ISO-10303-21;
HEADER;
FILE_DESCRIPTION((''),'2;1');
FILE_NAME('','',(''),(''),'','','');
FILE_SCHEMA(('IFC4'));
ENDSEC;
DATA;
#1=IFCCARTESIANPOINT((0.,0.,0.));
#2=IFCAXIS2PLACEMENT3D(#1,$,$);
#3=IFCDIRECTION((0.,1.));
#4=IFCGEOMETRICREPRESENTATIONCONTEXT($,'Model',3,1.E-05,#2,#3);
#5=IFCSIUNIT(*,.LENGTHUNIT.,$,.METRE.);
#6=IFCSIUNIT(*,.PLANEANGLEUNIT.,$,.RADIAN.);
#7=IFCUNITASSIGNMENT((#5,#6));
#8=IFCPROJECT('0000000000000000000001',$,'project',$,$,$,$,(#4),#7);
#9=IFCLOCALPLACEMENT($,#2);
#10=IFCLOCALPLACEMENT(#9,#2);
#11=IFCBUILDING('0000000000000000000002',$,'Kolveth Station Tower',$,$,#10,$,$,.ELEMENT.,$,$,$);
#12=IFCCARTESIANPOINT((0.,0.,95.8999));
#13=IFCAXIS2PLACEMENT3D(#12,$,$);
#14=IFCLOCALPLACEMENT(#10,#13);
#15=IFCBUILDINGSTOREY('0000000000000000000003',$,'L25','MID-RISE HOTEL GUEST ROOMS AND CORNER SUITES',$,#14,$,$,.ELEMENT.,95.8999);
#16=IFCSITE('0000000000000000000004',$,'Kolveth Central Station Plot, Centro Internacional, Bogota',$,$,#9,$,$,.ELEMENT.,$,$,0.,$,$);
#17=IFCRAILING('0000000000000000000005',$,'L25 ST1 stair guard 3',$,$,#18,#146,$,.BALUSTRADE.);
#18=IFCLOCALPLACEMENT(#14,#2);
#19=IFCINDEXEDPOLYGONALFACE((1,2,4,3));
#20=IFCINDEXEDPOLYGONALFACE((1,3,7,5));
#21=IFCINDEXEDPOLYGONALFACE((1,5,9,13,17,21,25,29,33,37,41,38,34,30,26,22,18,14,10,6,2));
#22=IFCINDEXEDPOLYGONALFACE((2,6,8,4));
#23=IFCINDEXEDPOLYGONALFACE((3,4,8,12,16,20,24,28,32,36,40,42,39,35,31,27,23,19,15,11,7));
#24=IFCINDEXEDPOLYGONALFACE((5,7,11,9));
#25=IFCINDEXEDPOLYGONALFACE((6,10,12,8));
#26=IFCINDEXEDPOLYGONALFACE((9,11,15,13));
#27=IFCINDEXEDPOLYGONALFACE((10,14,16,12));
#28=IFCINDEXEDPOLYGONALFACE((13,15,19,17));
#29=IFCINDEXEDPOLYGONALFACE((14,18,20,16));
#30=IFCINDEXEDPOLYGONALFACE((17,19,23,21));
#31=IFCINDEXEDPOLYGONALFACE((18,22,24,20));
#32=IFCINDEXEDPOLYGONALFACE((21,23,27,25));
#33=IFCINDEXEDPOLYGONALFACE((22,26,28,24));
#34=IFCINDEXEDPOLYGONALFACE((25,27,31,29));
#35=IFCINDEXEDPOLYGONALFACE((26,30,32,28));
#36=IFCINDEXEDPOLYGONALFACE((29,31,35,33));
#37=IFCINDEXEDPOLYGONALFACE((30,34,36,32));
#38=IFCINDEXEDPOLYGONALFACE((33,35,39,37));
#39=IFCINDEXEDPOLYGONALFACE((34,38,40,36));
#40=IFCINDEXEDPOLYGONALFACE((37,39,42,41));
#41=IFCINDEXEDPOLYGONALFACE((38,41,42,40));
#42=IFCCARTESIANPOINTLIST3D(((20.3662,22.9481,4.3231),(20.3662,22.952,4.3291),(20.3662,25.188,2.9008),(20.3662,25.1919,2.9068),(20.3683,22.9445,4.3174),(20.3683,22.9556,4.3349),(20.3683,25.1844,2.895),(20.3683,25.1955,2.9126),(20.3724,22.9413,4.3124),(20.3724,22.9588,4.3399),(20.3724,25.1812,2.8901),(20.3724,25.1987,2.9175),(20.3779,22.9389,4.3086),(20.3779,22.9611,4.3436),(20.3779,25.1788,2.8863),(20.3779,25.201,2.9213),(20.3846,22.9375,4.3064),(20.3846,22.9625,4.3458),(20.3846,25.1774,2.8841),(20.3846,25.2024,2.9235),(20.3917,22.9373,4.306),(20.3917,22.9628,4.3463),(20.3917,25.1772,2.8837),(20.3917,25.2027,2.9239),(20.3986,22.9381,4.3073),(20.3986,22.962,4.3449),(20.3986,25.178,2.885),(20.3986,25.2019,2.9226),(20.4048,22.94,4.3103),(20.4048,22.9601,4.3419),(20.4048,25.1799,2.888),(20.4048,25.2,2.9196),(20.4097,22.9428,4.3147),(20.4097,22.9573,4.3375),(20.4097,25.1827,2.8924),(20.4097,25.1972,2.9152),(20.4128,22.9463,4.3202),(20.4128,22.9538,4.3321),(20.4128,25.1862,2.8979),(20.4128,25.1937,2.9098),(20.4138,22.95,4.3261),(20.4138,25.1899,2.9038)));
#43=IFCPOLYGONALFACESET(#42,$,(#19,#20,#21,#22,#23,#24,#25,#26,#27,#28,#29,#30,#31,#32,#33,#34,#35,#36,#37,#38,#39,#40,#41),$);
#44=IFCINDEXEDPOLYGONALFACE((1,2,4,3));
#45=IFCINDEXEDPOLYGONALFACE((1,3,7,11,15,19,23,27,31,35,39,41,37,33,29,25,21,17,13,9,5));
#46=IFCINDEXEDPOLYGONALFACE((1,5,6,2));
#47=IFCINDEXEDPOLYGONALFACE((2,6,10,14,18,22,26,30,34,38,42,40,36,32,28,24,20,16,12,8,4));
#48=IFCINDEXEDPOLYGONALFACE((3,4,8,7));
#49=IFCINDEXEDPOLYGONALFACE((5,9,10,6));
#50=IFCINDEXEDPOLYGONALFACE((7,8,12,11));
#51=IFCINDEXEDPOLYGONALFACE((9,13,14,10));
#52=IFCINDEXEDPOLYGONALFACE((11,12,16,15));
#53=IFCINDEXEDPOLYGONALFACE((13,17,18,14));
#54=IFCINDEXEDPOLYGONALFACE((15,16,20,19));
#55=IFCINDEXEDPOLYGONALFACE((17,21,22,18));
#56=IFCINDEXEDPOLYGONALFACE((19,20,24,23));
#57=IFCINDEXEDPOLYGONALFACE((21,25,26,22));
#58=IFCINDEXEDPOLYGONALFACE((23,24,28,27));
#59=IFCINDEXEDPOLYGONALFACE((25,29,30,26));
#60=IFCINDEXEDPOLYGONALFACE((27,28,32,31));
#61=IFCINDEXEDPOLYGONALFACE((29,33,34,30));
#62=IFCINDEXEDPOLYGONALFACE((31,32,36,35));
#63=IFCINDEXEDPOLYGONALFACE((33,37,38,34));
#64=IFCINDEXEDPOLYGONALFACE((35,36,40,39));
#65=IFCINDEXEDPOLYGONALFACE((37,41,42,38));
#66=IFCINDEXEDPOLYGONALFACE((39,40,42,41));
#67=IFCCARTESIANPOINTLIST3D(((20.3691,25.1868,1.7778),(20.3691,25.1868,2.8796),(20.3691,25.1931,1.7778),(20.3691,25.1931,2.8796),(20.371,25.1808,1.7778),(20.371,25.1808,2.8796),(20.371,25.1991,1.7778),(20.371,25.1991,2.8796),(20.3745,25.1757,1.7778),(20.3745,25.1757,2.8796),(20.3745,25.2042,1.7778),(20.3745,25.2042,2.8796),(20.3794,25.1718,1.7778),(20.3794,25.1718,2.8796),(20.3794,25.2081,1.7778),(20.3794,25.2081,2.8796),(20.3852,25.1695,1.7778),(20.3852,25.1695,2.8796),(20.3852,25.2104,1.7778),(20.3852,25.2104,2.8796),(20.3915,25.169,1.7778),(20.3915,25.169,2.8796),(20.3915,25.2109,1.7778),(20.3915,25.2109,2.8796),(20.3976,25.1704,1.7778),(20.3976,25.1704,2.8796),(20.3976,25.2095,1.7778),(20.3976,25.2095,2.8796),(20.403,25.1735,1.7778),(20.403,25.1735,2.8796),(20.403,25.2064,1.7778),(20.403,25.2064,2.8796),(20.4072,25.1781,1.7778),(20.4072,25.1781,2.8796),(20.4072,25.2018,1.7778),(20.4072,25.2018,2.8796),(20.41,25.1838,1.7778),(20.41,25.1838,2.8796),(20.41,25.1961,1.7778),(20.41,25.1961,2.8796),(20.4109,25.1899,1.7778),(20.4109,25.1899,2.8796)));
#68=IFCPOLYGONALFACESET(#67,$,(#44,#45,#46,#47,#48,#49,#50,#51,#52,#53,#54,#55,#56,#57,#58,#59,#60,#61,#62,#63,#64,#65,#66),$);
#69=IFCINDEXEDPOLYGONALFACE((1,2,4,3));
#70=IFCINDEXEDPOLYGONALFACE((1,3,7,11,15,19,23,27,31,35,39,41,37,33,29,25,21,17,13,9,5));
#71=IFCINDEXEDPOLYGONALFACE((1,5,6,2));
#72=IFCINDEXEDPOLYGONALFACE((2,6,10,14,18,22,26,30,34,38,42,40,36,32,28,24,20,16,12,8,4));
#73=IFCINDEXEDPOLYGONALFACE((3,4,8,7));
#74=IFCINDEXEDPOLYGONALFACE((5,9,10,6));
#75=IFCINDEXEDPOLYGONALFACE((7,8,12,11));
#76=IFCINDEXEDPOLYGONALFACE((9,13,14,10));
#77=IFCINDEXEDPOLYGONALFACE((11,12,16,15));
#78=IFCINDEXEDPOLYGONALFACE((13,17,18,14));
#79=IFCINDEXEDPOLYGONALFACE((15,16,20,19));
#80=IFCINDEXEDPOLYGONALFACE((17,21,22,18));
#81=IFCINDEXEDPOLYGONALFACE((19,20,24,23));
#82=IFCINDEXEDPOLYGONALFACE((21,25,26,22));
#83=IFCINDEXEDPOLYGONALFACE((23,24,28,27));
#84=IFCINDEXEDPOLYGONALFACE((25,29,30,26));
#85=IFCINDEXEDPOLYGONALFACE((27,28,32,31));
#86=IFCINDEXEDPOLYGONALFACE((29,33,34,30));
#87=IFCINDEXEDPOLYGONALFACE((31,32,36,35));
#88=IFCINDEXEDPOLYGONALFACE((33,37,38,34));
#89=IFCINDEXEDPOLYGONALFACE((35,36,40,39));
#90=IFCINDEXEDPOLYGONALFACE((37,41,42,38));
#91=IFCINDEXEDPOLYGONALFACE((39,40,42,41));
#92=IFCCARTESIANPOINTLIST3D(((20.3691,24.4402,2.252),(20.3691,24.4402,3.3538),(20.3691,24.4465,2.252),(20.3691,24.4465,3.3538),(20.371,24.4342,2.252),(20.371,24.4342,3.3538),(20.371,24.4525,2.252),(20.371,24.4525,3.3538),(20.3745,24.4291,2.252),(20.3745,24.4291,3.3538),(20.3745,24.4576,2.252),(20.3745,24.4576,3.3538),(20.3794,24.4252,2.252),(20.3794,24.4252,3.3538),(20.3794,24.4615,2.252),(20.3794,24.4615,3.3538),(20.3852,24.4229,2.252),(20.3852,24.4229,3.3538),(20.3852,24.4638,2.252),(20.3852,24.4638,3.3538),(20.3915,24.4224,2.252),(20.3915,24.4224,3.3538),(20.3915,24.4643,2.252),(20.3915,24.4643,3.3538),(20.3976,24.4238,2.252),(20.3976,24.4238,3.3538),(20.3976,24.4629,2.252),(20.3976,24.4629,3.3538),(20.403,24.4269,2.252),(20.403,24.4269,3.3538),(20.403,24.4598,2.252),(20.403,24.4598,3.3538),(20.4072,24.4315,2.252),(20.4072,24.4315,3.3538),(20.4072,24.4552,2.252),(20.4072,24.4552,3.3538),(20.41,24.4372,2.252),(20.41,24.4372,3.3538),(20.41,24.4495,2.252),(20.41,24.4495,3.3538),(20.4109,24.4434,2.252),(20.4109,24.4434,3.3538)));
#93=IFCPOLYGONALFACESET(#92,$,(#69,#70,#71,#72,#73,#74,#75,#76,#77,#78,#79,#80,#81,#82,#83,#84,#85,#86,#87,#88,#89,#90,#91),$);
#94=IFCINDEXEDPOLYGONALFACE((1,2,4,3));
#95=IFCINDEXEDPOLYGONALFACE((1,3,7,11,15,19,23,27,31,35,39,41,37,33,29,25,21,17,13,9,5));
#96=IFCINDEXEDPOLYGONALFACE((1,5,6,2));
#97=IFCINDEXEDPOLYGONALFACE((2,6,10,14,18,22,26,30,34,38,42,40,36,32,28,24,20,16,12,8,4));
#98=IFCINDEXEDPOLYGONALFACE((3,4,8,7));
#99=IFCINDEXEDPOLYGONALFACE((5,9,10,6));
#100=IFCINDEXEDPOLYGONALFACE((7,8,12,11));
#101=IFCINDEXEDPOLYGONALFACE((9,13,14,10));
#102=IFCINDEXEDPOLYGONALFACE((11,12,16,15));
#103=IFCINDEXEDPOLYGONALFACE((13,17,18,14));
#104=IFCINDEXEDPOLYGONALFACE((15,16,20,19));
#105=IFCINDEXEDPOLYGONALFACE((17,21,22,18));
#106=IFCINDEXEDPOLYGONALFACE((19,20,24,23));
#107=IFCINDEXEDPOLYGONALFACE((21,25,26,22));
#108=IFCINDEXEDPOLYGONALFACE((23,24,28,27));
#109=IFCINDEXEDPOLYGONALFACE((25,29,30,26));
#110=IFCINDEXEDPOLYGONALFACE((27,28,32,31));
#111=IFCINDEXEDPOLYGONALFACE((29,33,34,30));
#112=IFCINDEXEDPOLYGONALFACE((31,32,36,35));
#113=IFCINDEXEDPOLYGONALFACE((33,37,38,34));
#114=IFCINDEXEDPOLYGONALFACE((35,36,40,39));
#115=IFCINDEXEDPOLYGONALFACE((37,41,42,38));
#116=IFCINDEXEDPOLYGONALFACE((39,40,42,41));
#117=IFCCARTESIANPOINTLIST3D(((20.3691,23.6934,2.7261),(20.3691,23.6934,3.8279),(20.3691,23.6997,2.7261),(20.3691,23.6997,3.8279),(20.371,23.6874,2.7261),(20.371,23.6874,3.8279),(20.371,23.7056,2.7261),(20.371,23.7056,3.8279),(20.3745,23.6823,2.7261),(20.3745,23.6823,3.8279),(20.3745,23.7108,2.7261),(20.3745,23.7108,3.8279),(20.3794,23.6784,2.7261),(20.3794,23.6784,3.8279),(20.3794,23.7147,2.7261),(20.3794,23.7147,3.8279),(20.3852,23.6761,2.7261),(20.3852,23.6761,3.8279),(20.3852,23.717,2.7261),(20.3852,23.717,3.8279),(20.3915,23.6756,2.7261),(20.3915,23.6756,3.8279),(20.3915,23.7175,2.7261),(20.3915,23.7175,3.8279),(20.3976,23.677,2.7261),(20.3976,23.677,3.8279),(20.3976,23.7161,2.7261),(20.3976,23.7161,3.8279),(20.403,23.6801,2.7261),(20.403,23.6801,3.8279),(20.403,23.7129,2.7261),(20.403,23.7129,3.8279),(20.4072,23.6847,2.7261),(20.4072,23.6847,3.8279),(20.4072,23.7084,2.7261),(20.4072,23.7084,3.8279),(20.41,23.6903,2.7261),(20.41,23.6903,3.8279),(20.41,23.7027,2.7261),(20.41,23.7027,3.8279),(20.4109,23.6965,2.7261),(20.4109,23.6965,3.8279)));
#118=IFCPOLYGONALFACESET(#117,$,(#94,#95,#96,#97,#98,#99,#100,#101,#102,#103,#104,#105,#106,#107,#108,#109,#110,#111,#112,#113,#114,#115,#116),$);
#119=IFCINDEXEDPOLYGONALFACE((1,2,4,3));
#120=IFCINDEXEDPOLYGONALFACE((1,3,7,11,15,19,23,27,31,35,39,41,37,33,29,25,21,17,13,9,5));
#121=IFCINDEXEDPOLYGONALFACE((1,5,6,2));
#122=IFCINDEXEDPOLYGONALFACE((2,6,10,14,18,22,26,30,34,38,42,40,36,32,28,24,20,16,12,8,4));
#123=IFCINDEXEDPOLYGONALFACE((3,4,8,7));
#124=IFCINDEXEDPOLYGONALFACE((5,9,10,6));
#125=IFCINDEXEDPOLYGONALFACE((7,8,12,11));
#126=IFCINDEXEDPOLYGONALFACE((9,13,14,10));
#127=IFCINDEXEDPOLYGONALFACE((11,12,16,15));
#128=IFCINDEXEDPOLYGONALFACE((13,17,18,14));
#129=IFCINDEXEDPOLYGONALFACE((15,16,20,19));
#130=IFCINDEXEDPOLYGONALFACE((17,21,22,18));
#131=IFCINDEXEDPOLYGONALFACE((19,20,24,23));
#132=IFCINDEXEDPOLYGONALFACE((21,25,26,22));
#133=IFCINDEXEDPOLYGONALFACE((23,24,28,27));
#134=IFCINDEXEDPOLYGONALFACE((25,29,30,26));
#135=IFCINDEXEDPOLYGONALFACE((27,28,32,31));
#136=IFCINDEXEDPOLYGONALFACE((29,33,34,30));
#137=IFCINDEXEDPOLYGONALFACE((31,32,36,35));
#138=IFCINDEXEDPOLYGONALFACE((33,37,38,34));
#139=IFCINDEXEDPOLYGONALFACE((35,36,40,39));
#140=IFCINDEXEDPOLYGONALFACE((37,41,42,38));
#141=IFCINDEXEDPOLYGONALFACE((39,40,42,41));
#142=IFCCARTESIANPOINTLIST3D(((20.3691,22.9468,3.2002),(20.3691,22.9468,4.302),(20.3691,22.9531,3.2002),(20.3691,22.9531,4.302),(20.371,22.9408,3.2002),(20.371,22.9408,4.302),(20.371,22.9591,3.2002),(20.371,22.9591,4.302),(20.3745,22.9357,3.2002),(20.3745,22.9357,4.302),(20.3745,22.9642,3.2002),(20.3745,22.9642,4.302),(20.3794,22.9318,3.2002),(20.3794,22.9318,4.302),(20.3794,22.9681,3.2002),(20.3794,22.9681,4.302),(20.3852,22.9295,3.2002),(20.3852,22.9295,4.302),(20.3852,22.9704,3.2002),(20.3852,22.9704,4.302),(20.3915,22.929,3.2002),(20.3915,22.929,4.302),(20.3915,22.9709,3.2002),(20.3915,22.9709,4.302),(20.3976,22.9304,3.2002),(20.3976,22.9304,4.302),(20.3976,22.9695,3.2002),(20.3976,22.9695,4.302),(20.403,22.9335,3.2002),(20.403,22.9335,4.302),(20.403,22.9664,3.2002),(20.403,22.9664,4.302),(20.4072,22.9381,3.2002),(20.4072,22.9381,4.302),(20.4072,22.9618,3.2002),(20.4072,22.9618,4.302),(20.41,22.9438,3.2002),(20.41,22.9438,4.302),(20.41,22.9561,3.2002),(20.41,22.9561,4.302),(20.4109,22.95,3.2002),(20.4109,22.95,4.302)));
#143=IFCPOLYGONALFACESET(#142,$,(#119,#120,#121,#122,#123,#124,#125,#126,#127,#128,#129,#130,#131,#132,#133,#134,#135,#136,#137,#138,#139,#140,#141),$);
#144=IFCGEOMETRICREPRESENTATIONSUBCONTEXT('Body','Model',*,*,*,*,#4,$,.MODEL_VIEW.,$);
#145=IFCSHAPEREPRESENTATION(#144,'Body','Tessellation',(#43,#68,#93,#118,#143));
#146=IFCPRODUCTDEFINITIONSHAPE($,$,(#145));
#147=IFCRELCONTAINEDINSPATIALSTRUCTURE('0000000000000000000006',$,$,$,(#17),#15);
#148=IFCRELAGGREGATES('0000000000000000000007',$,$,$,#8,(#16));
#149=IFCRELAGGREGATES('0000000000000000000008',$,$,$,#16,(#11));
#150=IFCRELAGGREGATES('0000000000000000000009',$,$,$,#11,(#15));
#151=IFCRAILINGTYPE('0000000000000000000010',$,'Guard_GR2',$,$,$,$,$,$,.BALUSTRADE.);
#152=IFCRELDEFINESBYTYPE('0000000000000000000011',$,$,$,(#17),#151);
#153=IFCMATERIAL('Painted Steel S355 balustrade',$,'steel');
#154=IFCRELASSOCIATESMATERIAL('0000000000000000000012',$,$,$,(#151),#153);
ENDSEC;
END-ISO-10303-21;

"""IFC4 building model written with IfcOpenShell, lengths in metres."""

from ifc_helpers import new_model, si_unit, direction, frame, origin, origin_2d, place, context, subcontext, project, spatial, circle, extrude, material, type_object, element, save


model = new_model("IFC4")

# Units and contexts
model_context = context("Model", 3, precision=1e-05, world=origin(), true_north=direction((0.0, 1.0)))
body_context = subcontext(model_context, "Body", "Model", "MODEL_VIEW")
ifc_project = project(units=[si_unit("LENGTHUNIT", "METRE"), si_unit("PLANEANGLEUNIT", "RADIAN")], contexts=[model_context])

# Site, building, storey
site_placement = place(None, origin())
site = spatial("IfcSite", under=ifc_project, at=site_placement, Name="Kolveth Central Station Plot, Centro Internacional, Bogota", CompositionType="ELEMENT", RefElevation=0.0)
building_placement = place(site_placement, origin())
building = spatial("IfcBuilding", under=site, at=building_placement, Name="Kolveth Station Tower", CompositionType="ELEMENT")
storey_placement = place(building_placement, frame((0.0, 0.0, 95.8999)))
storey = spatial("IfcBuildingStorey", under=building, at=storey_placement, Name="L25", Description="MID-RISE HOTEL GUEST ROOMS AND CORNER SUITES", CompositionType="ELEMENT", Elevation=95.8999)

# Railing
ifc_material_1 = material(Name="Painted Steel S355 balustrade", Category="steel")
railing_type_1 = type_object("IfcRailingType", Name="Guard_GR2", PredefinedType="BALUSTRADE", material=ifc_material_1)
railing_1_placement = place(storey_placement, frame((20.3899, 25.1899, 1.7778)))
element("IfcRailing", 1, at=railing_1_placement, inside=storey, type_object=railing_type_1, Name="L25 ST1 stair guard 3", PredefinedType="BALUSTRADE", context=body_context, shape_type="SweptSolid", body=[
    extrude(circle(Radius=0.0239, at=origin_2d()), frame((0.0, 0.0, 1.126), z_axis=(0.0, -0.844188, 0.536048), x_axis=(1.0, 0.0, 0.0)), (0.0, 0.0, 1.0), 2.6533),
    extrude(circle(Radius=0.021, at=origin_2d()), origin(), (0.0, 0.0, 1.0), 1.1018),
    extrude(circle(Radius=0.021, at=origin_2d()), frame((0.0, -0.7466, 0.4741)), (0.0, 0.0, 1.0), 1.1018),
    extrude(circle(Radius=0.021, at=origin_2d()), frame((0.0, -1.4934, 0.9482)), (0.0, 0.0, 1.0), 1.1018),
    extrude(circle(Radius=0.021, at=origin_2d()), frame((0.0, -2.24, 1.4224)), (0.0, 0.0, 1.0), 1.1018),
])

save(model, "model.ifc")
